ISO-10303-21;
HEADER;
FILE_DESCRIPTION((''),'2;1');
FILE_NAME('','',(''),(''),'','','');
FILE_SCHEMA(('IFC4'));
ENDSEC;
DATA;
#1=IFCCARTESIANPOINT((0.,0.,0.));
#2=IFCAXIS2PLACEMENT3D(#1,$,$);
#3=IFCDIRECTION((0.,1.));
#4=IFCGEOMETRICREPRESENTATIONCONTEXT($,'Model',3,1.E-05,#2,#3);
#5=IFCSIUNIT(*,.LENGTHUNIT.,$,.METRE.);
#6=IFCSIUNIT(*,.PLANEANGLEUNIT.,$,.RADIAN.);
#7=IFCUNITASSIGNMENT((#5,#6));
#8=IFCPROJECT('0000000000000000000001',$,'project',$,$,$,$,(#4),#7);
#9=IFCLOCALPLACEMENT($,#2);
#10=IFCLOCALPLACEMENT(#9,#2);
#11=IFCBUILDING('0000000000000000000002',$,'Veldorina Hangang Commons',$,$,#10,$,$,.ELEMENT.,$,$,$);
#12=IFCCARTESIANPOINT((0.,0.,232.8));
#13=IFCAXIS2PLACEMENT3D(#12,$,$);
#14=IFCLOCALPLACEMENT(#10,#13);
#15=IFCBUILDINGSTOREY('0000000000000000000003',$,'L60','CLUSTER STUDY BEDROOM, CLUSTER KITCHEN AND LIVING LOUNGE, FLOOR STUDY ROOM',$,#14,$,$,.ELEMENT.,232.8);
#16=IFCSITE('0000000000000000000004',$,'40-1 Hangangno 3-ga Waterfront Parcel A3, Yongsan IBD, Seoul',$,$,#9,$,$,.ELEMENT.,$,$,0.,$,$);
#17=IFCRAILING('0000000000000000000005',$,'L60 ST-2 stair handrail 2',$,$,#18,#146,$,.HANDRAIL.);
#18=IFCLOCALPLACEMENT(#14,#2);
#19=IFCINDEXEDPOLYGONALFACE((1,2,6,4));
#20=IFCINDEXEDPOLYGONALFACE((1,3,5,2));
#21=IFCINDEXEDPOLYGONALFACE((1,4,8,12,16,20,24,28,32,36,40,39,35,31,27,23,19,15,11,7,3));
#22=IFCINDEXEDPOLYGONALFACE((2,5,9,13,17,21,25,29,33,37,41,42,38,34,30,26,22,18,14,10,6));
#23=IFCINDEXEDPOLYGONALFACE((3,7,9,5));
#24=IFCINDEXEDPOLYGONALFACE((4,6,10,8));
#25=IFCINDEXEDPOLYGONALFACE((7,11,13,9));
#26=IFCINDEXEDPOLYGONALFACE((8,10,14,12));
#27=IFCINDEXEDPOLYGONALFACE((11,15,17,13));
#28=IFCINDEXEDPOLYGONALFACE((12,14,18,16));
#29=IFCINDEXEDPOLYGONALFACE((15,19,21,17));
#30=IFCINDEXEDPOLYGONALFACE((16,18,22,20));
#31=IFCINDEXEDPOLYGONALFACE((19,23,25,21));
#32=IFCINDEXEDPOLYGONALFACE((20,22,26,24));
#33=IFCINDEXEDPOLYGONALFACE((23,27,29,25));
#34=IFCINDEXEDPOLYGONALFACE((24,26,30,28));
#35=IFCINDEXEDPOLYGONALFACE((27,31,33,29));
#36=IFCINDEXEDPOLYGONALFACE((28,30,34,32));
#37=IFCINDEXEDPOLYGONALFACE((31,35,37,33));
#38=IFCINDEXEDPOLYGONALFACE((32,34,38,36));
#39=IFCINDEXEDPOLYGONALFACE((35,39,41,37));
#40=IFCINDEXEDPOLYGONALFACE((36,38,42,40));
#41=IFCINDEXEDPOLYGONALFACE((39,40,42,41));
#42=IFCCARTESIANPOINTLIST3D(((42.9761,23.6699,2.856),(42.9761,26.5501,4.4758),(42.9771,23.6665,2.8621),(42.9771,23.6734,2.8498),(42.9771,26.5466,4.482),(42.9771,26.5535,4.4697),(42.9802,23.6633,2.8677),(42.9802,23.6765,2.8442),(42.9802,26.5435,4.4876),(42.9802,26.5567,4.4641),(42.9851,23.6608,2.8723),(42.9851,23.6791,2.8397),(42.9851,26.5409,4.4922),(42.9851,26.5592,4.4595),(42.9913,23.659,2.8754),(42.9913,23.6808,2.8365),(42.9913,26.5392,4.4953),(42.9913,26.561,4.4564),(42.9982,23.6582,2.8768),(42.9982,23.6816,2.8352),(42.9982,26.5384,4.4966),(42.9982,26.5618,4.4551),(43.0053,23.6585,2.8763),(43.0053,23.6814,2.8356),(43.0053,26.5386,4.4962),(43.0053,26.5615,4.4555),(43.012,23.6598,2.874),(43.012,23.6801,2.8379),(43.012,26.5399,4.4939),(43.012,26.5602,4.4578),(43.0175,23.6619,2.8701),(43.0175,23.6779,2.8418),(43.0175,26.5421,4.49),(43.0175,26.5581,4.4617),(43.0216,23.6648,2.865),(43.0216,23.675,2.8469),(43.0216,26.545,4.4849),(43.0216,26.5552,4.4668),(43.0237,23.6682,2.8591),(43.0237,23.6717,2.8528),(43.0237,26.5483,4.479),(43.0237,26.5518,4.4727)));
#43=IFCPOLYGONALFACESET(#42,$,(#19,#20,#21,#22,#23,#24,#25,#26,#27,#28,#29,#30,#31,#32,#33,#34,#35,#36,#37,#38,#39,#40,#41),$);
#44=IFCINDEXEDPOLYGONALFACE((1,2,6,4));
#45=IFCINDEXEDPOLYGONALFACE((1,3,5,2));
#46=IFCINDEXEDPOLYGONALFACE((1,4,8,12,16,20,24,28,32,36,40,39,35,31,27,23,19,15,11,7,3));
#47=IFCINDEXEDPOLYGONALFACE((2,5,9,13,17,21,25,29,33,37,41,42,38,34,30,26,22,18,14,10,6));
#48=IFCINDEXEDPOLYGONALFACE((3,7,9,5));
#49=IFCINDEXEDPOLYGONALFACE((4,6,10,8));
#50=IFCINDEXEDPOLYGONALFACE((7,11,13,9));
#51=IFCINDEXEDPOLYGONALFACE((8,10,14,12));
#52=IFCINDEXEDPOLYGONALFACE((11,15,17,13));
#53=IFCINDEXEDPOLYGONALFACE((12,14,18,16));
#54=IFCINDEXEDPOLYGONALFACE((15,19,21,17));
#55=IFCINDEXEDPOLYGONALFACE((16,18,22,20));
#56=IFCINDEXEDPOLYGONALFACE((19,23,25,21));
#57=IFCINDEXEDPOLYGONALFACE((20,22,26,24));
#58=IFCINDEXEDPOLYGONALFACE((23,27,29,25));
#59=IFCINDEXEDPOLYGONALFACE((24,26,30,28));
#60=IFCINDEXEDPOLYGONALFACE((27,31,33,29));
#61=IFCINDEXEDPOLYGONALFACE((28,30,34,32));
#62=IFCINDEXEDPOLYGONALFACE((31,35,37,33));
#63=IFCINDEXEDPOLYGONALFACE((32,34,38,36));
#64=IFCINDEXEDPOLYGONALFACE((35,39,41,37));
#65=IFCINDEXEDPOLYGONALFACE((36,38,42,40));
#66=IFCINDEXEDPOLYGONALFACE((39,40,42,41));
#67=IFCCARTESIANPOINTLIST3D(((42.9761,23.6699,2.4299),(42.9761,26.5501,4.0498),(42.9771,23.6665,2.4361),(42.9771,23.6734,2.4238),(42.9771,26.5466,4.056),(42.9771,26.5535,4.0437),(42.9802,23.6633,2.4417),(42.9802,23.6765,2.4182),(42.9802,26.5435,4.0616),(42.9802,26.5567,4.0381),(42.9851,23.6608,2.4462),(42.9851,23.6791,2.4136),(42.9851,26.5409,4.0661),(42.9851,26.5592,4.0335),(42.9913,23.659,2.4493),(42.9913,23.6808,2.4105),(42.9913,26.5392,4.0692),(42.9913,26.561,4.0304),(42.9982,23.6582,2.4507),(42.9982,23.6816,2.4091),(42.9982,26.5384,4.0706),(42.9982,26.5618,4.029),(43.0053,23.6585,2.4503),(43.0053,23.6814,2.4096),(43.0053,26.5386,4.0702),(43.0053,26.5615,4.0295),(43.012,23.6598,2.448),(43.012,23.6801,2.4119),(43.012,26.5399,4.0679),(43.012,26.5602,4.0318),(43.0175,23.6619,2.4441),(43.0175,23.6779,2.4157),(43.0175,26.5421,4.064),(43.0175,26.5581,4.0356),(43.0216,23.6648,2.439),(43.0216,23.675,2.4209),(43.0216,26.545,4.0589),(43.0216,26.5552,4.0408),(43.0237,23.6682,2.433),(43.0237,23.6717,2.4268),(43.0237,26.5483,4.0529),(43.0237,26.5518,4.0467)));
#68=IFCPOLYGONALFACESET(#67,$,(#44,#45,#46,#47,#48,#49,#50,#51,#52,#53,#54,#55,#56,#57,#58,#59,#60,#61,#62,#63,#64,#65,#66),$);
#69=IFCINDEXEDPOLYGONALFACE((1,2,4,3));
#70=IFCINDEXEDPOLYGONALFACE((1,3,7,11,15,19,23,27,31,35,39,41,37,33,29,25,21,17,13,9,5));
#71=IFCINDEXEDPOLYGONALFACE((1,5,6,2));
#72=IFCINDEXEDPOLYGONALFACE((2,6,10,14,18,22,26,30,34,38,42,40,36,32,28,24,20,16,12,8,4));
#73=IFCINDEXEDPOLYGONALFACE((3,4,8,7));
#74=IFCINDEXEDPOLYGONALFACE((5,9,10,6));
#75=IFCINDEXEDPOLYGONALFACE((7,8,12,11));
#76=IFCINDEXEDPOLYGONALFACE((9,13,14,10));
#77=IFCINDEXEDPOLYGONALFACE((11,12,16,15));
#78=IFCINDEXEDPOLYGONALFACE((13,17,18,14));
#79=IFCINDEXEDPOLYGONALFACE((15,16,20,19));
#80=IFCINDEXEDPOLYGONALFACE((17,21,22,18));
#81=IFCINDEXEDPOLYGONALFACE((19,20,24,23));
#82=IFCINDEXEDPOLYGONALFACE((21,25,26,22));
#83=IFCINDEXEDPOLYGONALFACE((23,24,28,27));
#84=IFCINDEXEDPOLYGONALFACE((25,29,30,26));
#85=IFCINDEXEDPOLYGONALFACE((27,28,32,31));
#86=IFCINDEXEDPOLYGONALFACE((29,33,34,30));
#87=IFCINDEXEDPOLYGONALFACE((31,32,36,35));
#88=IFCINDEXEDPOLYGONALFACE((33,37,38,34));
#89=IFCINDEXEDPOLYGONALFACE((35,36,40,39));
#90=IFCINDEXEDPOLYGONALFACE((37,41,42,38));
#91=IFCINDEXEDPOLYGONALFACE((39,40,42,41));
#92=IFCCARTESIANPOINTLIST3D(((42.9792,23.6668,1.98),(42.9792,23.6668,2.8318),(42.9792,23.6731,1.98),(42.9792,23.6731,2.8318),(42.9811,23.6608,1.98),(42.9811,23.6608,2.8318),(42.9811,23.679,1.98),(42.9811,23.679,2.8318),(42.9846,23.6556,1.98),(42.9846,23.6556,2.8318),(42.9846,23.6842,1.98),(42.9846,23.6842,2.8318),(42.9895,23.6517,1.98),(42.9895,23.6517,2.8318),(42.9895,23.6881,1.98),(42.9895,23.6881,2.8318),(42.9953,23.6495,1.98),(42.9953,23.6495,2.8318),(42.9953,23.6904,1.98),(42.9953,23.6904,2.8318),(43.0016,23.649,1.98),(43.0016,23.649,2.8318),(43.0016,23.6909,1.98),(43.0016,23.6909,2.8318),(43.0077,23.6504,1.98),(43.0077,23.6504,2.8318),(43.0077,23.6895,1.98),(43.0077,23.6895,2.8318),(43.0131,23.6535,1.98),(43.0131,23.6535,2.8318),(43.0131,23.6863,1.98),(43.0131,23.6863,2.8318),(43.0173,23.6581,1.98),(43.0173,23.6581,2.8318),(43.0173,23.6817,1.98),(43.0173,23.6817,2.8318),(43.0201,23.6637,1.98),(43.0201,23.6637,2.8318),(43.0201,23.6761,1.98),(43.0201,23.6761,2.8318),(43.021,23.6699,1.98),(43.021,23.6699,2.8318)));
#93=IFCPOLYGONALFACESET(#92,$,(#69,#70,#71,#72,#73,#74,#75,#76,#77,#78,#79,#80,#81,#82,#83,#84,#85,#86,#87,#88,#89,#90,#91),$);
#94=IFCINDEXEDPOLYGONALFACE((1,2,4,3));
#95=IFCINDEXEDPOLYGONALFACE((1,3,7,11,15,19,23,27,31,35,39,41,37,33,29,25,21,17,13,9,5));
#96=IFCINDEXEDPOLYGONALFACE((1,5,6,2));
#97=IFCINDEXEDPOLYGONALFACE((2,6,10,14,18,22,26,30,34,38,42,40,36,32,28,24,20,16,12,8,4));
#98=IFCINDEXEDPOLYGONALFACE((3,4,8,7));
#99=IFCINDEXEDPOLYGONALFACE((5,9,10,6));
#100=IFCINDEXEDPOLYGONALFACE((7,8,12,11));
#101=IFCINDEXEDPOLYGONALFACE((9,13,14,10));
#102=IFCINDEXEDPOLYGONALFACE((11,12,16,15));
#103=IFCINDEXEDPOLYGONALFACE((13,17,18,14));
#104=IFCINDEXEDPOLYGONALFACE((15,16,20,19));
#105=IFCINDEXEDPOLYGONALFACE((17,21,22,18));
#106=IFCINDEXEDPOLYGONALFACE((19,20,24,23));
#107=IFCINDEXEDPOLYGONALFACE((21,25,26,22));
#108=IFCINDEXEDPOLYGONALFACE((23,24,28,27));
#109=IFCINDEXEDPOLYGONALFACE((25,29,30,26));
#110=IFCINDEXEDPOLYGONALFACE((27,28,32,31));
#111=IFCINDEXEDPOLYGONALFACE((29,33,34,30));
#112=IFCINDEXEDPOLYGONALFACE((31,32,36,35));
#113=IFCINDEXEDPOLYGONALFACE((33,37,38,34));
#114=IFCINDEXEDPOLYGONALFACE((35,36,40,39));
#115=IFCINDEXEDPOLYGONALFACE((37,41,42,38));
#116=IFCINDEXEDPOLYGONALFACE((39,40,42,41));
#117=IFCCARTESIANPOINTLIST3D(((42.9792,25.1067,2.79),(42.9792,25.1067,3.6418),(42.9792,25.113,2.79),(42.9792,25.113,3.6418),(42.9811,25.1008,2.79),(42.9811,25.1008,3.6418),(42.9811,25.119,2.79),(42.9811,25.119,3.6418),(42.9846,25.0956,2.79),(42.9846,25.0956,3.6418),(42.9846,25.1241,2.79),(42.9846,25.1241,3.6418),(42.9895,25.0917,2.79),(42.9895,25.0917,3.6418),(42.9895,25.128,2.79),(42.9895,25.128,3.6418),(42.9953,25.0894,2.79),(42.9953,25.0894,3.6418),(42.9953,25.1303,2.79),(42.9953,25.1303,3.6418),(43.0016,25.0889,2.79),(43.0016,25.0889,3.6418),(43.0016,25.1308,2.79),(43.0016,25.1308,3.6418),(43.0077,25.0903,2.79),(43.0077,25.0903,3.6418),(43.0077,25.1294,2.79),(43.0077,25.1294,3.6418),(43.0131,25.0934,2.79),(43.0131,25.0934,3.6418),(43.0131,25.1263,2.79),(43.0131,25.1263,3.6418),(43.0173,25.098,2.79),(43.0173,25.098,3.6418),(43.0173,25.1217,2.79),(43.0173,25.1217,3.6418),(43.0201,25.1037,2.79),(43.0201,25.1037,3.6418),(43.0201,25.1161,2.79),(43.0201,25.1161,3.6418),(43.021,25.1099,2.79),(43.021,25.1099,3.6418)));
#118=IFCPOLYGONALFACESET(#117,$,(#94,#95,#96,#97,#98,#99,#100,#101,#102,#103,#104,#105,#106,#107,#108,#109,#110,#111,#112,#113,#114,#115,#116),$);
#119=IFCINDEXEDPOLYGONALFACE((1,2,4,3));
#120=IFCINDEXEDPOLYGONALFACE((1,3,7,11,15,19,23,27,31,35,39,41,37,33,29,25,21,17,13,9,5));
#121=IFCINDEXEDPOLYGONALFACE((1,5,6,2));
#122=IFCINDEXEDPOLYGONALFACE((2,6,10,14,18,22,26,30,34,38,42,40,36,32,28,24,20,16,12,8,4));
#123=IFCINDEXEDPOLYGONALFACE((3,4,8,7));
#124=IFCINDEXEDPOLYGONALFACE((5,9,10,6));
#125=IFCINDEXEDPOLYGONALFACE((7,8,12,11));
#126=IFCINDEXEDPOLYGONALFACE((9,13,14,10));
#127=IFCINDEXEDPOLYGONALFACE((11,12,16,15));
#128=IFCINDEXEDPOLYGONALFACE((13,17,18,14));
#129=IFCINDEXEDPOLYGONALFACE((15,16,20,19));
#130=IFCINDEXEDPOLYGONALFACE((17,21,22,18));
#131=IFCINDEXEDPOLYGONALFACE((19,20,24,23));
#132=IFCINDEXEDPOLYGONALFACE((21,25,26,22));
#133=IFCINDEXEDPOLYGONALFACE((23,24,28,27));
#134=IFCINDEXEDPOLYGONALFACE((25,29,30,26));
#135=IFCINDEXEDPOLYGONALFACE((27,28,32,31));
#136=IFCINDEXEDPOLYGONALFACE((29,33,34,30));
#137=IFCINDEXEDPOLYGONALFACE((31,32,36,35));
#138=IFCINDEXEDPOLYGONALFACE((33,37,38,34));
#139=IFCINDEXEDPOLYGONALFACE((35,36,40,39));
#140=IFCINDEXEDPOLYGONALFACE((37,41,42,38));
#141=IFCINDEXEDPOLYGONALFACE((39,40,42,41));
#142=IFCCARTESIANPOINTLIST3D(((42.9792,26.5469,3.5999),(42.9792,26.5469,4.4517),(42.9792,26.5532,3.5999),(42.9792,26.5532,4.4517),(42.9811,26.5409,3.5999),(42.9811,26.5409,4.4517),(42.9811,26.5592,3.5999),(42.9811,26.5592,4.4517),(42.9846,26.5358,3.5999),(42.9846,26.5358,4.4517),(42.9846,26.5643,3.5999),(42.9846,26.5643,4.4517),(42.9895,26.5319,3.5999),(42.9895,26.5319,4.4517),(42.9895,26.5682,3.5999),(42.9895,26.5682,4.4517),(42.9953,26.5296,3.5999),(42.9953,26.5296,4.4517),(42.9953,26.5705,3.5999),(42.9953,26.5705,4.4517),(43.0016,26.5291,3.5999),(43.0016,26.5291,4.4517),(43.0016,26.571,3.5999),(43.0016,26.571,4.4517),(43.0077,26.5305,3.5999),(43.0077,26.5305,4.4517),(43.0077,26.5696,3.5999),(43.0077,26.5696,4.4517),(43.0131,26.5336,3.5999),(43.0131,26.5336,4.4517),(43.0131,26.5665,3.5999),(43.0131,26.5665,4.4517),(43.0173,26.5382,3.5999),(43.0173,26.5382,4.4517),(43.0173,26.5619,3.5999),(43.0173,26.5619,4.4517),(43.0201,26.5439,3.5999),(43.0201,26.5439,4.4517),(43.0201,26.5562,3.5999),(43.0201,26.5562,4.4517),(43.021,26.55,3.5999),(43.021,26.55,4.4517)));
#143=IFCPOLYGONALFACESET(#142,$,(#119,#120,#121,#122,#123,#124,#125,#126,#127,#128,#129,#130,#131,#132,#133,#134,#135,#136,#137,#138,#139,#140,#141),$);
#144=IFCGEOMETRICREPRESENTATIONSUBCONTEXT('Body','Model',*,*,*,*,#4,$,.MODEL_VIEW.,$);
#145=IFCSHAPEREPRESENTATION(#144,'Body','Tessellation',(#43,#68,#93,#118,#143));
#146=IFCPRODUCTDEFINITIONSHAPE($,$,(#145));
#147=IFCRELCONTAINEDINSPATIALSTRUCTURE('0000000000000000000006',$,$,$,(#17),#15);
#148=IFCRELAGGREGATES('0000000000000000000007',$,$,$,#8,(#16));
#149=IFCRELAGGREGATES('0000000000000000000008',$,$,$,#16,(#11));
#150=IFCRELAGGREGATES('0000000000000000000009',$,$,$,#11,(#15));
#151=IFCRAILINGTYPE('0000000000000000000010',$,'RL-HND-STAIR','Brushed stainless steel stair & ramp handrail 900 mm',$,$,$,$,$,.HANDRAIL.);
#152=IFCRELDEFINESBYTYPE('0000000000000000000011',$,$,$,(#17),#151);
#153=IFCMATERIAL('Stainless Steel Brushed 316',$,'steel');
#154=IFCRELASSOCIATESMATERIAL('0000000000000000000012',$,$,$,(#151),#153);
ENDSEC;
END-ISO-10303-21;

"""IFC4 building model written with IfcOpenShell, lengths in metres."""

from ifc_helpers import new_model, si_unit, direction, frame, origin, origin_2d, place, context, subcontext, project, spatial, circle, extrude, material, type_object, element, save


model = new_model("IFC4")

# Units and contexts
model_context = context("Model", 3, precision=1e-05, world=origin(), true_north=direction((0.0, 1.0)))
body_context = subcontext(model_context, "Body", "Model", "MODEL_VIEW")
ifc_project = project(units=[si_unit("LENGTHUNIT", "METRE"), si_unit("PLANEANGLEUNIT", "RADIAN")], contexts=[model_context])

# Site, building, storey
site_placement = place(None, origin())
site = spatial("IfcSite", under=ifc_project, at=site_placement, Name="40-1 Hangangno 3-ga Waterfront Parcel A3, Yongsan IBD, Seoul", CompositionType="ELEMENT", RefElevation=0.0)
building_placement = place(site_placement, origin())
building = spatial("IfcBuilding", under=site, at=building_placement, Name="Veldorina Hangang Commons", CompositionType="ELEMENT")
storey_placement = place(building_placement, frame((0.0, 0.0, 232.8)))
storey = spatial("IfcBuildingStorey", under=building, at=storey_placement, Name="L60", Description="CLUSTER STUDY BEDROOM, CLUSTER KITCHEN AND LIVING LOUNGE, FLOOR STUDY ROOM", CompositionType="ELEMENT", Elevation=232.8)

# Railing
ifc_material_1 = material(Name="Stainless Steel Brushed 316", Category="steel")
railing_type_1 = type_object("IfcRailingType", Name="RL-HND-STAIR", Description="Brushed stainless steel stair & ramp handrail 900 mm", PredefinedType="HANDRAIL", material=ifc_material_1)
railing_1_placement = place(storey_placement, frame((43.0, 23.6699, 1.98)))
element("IfcRailing", 1, at=railing_1_placement, inside=storey, type_object=railing_type_1, Name="L60 ST-2 stair handrail 2", PredefinedType="HANDRAIL", context=body_context, shape_type="SweptSolid", body=[
    extrude(circle(Radius=0.0239, at=origin_2d()), frame((0.0, 0.0, 0.876), z_axis=(0.0, 0.871601, 0.490216), x_axis=(-1.0, 0.0, 0.0)), (0.0, 0.0, 1.0), 3.3044),
    extrude(circle(Radius=0.0239, at=origin_2d()), frame((0.0, 0.0, 0.45), z_axis=(0.0, 0.871601, 0.490216), x_axis=(-1.0, 0.0, 0.0)), (0.0, 0.0, 1.0), 3.3044),
    extrude(circle(Radius=0.021, at=origin_2d()), origin(), (0.0, 0.0, 1.0), 0.8518),
    extrude(circle(Radius=0.021, at=origin_2d()), frame((0.0, 1.4399, 0.8101)), (0.0, 0.0, 1.0), 0.8518),
    extrude(circle(Radius=0.021, at=origin_2d()), frame((0.0, 2.8801, 1.6199)), (0.0, 0.0, 1.0), 0.8518),
])

save(model, "model.ifc")
